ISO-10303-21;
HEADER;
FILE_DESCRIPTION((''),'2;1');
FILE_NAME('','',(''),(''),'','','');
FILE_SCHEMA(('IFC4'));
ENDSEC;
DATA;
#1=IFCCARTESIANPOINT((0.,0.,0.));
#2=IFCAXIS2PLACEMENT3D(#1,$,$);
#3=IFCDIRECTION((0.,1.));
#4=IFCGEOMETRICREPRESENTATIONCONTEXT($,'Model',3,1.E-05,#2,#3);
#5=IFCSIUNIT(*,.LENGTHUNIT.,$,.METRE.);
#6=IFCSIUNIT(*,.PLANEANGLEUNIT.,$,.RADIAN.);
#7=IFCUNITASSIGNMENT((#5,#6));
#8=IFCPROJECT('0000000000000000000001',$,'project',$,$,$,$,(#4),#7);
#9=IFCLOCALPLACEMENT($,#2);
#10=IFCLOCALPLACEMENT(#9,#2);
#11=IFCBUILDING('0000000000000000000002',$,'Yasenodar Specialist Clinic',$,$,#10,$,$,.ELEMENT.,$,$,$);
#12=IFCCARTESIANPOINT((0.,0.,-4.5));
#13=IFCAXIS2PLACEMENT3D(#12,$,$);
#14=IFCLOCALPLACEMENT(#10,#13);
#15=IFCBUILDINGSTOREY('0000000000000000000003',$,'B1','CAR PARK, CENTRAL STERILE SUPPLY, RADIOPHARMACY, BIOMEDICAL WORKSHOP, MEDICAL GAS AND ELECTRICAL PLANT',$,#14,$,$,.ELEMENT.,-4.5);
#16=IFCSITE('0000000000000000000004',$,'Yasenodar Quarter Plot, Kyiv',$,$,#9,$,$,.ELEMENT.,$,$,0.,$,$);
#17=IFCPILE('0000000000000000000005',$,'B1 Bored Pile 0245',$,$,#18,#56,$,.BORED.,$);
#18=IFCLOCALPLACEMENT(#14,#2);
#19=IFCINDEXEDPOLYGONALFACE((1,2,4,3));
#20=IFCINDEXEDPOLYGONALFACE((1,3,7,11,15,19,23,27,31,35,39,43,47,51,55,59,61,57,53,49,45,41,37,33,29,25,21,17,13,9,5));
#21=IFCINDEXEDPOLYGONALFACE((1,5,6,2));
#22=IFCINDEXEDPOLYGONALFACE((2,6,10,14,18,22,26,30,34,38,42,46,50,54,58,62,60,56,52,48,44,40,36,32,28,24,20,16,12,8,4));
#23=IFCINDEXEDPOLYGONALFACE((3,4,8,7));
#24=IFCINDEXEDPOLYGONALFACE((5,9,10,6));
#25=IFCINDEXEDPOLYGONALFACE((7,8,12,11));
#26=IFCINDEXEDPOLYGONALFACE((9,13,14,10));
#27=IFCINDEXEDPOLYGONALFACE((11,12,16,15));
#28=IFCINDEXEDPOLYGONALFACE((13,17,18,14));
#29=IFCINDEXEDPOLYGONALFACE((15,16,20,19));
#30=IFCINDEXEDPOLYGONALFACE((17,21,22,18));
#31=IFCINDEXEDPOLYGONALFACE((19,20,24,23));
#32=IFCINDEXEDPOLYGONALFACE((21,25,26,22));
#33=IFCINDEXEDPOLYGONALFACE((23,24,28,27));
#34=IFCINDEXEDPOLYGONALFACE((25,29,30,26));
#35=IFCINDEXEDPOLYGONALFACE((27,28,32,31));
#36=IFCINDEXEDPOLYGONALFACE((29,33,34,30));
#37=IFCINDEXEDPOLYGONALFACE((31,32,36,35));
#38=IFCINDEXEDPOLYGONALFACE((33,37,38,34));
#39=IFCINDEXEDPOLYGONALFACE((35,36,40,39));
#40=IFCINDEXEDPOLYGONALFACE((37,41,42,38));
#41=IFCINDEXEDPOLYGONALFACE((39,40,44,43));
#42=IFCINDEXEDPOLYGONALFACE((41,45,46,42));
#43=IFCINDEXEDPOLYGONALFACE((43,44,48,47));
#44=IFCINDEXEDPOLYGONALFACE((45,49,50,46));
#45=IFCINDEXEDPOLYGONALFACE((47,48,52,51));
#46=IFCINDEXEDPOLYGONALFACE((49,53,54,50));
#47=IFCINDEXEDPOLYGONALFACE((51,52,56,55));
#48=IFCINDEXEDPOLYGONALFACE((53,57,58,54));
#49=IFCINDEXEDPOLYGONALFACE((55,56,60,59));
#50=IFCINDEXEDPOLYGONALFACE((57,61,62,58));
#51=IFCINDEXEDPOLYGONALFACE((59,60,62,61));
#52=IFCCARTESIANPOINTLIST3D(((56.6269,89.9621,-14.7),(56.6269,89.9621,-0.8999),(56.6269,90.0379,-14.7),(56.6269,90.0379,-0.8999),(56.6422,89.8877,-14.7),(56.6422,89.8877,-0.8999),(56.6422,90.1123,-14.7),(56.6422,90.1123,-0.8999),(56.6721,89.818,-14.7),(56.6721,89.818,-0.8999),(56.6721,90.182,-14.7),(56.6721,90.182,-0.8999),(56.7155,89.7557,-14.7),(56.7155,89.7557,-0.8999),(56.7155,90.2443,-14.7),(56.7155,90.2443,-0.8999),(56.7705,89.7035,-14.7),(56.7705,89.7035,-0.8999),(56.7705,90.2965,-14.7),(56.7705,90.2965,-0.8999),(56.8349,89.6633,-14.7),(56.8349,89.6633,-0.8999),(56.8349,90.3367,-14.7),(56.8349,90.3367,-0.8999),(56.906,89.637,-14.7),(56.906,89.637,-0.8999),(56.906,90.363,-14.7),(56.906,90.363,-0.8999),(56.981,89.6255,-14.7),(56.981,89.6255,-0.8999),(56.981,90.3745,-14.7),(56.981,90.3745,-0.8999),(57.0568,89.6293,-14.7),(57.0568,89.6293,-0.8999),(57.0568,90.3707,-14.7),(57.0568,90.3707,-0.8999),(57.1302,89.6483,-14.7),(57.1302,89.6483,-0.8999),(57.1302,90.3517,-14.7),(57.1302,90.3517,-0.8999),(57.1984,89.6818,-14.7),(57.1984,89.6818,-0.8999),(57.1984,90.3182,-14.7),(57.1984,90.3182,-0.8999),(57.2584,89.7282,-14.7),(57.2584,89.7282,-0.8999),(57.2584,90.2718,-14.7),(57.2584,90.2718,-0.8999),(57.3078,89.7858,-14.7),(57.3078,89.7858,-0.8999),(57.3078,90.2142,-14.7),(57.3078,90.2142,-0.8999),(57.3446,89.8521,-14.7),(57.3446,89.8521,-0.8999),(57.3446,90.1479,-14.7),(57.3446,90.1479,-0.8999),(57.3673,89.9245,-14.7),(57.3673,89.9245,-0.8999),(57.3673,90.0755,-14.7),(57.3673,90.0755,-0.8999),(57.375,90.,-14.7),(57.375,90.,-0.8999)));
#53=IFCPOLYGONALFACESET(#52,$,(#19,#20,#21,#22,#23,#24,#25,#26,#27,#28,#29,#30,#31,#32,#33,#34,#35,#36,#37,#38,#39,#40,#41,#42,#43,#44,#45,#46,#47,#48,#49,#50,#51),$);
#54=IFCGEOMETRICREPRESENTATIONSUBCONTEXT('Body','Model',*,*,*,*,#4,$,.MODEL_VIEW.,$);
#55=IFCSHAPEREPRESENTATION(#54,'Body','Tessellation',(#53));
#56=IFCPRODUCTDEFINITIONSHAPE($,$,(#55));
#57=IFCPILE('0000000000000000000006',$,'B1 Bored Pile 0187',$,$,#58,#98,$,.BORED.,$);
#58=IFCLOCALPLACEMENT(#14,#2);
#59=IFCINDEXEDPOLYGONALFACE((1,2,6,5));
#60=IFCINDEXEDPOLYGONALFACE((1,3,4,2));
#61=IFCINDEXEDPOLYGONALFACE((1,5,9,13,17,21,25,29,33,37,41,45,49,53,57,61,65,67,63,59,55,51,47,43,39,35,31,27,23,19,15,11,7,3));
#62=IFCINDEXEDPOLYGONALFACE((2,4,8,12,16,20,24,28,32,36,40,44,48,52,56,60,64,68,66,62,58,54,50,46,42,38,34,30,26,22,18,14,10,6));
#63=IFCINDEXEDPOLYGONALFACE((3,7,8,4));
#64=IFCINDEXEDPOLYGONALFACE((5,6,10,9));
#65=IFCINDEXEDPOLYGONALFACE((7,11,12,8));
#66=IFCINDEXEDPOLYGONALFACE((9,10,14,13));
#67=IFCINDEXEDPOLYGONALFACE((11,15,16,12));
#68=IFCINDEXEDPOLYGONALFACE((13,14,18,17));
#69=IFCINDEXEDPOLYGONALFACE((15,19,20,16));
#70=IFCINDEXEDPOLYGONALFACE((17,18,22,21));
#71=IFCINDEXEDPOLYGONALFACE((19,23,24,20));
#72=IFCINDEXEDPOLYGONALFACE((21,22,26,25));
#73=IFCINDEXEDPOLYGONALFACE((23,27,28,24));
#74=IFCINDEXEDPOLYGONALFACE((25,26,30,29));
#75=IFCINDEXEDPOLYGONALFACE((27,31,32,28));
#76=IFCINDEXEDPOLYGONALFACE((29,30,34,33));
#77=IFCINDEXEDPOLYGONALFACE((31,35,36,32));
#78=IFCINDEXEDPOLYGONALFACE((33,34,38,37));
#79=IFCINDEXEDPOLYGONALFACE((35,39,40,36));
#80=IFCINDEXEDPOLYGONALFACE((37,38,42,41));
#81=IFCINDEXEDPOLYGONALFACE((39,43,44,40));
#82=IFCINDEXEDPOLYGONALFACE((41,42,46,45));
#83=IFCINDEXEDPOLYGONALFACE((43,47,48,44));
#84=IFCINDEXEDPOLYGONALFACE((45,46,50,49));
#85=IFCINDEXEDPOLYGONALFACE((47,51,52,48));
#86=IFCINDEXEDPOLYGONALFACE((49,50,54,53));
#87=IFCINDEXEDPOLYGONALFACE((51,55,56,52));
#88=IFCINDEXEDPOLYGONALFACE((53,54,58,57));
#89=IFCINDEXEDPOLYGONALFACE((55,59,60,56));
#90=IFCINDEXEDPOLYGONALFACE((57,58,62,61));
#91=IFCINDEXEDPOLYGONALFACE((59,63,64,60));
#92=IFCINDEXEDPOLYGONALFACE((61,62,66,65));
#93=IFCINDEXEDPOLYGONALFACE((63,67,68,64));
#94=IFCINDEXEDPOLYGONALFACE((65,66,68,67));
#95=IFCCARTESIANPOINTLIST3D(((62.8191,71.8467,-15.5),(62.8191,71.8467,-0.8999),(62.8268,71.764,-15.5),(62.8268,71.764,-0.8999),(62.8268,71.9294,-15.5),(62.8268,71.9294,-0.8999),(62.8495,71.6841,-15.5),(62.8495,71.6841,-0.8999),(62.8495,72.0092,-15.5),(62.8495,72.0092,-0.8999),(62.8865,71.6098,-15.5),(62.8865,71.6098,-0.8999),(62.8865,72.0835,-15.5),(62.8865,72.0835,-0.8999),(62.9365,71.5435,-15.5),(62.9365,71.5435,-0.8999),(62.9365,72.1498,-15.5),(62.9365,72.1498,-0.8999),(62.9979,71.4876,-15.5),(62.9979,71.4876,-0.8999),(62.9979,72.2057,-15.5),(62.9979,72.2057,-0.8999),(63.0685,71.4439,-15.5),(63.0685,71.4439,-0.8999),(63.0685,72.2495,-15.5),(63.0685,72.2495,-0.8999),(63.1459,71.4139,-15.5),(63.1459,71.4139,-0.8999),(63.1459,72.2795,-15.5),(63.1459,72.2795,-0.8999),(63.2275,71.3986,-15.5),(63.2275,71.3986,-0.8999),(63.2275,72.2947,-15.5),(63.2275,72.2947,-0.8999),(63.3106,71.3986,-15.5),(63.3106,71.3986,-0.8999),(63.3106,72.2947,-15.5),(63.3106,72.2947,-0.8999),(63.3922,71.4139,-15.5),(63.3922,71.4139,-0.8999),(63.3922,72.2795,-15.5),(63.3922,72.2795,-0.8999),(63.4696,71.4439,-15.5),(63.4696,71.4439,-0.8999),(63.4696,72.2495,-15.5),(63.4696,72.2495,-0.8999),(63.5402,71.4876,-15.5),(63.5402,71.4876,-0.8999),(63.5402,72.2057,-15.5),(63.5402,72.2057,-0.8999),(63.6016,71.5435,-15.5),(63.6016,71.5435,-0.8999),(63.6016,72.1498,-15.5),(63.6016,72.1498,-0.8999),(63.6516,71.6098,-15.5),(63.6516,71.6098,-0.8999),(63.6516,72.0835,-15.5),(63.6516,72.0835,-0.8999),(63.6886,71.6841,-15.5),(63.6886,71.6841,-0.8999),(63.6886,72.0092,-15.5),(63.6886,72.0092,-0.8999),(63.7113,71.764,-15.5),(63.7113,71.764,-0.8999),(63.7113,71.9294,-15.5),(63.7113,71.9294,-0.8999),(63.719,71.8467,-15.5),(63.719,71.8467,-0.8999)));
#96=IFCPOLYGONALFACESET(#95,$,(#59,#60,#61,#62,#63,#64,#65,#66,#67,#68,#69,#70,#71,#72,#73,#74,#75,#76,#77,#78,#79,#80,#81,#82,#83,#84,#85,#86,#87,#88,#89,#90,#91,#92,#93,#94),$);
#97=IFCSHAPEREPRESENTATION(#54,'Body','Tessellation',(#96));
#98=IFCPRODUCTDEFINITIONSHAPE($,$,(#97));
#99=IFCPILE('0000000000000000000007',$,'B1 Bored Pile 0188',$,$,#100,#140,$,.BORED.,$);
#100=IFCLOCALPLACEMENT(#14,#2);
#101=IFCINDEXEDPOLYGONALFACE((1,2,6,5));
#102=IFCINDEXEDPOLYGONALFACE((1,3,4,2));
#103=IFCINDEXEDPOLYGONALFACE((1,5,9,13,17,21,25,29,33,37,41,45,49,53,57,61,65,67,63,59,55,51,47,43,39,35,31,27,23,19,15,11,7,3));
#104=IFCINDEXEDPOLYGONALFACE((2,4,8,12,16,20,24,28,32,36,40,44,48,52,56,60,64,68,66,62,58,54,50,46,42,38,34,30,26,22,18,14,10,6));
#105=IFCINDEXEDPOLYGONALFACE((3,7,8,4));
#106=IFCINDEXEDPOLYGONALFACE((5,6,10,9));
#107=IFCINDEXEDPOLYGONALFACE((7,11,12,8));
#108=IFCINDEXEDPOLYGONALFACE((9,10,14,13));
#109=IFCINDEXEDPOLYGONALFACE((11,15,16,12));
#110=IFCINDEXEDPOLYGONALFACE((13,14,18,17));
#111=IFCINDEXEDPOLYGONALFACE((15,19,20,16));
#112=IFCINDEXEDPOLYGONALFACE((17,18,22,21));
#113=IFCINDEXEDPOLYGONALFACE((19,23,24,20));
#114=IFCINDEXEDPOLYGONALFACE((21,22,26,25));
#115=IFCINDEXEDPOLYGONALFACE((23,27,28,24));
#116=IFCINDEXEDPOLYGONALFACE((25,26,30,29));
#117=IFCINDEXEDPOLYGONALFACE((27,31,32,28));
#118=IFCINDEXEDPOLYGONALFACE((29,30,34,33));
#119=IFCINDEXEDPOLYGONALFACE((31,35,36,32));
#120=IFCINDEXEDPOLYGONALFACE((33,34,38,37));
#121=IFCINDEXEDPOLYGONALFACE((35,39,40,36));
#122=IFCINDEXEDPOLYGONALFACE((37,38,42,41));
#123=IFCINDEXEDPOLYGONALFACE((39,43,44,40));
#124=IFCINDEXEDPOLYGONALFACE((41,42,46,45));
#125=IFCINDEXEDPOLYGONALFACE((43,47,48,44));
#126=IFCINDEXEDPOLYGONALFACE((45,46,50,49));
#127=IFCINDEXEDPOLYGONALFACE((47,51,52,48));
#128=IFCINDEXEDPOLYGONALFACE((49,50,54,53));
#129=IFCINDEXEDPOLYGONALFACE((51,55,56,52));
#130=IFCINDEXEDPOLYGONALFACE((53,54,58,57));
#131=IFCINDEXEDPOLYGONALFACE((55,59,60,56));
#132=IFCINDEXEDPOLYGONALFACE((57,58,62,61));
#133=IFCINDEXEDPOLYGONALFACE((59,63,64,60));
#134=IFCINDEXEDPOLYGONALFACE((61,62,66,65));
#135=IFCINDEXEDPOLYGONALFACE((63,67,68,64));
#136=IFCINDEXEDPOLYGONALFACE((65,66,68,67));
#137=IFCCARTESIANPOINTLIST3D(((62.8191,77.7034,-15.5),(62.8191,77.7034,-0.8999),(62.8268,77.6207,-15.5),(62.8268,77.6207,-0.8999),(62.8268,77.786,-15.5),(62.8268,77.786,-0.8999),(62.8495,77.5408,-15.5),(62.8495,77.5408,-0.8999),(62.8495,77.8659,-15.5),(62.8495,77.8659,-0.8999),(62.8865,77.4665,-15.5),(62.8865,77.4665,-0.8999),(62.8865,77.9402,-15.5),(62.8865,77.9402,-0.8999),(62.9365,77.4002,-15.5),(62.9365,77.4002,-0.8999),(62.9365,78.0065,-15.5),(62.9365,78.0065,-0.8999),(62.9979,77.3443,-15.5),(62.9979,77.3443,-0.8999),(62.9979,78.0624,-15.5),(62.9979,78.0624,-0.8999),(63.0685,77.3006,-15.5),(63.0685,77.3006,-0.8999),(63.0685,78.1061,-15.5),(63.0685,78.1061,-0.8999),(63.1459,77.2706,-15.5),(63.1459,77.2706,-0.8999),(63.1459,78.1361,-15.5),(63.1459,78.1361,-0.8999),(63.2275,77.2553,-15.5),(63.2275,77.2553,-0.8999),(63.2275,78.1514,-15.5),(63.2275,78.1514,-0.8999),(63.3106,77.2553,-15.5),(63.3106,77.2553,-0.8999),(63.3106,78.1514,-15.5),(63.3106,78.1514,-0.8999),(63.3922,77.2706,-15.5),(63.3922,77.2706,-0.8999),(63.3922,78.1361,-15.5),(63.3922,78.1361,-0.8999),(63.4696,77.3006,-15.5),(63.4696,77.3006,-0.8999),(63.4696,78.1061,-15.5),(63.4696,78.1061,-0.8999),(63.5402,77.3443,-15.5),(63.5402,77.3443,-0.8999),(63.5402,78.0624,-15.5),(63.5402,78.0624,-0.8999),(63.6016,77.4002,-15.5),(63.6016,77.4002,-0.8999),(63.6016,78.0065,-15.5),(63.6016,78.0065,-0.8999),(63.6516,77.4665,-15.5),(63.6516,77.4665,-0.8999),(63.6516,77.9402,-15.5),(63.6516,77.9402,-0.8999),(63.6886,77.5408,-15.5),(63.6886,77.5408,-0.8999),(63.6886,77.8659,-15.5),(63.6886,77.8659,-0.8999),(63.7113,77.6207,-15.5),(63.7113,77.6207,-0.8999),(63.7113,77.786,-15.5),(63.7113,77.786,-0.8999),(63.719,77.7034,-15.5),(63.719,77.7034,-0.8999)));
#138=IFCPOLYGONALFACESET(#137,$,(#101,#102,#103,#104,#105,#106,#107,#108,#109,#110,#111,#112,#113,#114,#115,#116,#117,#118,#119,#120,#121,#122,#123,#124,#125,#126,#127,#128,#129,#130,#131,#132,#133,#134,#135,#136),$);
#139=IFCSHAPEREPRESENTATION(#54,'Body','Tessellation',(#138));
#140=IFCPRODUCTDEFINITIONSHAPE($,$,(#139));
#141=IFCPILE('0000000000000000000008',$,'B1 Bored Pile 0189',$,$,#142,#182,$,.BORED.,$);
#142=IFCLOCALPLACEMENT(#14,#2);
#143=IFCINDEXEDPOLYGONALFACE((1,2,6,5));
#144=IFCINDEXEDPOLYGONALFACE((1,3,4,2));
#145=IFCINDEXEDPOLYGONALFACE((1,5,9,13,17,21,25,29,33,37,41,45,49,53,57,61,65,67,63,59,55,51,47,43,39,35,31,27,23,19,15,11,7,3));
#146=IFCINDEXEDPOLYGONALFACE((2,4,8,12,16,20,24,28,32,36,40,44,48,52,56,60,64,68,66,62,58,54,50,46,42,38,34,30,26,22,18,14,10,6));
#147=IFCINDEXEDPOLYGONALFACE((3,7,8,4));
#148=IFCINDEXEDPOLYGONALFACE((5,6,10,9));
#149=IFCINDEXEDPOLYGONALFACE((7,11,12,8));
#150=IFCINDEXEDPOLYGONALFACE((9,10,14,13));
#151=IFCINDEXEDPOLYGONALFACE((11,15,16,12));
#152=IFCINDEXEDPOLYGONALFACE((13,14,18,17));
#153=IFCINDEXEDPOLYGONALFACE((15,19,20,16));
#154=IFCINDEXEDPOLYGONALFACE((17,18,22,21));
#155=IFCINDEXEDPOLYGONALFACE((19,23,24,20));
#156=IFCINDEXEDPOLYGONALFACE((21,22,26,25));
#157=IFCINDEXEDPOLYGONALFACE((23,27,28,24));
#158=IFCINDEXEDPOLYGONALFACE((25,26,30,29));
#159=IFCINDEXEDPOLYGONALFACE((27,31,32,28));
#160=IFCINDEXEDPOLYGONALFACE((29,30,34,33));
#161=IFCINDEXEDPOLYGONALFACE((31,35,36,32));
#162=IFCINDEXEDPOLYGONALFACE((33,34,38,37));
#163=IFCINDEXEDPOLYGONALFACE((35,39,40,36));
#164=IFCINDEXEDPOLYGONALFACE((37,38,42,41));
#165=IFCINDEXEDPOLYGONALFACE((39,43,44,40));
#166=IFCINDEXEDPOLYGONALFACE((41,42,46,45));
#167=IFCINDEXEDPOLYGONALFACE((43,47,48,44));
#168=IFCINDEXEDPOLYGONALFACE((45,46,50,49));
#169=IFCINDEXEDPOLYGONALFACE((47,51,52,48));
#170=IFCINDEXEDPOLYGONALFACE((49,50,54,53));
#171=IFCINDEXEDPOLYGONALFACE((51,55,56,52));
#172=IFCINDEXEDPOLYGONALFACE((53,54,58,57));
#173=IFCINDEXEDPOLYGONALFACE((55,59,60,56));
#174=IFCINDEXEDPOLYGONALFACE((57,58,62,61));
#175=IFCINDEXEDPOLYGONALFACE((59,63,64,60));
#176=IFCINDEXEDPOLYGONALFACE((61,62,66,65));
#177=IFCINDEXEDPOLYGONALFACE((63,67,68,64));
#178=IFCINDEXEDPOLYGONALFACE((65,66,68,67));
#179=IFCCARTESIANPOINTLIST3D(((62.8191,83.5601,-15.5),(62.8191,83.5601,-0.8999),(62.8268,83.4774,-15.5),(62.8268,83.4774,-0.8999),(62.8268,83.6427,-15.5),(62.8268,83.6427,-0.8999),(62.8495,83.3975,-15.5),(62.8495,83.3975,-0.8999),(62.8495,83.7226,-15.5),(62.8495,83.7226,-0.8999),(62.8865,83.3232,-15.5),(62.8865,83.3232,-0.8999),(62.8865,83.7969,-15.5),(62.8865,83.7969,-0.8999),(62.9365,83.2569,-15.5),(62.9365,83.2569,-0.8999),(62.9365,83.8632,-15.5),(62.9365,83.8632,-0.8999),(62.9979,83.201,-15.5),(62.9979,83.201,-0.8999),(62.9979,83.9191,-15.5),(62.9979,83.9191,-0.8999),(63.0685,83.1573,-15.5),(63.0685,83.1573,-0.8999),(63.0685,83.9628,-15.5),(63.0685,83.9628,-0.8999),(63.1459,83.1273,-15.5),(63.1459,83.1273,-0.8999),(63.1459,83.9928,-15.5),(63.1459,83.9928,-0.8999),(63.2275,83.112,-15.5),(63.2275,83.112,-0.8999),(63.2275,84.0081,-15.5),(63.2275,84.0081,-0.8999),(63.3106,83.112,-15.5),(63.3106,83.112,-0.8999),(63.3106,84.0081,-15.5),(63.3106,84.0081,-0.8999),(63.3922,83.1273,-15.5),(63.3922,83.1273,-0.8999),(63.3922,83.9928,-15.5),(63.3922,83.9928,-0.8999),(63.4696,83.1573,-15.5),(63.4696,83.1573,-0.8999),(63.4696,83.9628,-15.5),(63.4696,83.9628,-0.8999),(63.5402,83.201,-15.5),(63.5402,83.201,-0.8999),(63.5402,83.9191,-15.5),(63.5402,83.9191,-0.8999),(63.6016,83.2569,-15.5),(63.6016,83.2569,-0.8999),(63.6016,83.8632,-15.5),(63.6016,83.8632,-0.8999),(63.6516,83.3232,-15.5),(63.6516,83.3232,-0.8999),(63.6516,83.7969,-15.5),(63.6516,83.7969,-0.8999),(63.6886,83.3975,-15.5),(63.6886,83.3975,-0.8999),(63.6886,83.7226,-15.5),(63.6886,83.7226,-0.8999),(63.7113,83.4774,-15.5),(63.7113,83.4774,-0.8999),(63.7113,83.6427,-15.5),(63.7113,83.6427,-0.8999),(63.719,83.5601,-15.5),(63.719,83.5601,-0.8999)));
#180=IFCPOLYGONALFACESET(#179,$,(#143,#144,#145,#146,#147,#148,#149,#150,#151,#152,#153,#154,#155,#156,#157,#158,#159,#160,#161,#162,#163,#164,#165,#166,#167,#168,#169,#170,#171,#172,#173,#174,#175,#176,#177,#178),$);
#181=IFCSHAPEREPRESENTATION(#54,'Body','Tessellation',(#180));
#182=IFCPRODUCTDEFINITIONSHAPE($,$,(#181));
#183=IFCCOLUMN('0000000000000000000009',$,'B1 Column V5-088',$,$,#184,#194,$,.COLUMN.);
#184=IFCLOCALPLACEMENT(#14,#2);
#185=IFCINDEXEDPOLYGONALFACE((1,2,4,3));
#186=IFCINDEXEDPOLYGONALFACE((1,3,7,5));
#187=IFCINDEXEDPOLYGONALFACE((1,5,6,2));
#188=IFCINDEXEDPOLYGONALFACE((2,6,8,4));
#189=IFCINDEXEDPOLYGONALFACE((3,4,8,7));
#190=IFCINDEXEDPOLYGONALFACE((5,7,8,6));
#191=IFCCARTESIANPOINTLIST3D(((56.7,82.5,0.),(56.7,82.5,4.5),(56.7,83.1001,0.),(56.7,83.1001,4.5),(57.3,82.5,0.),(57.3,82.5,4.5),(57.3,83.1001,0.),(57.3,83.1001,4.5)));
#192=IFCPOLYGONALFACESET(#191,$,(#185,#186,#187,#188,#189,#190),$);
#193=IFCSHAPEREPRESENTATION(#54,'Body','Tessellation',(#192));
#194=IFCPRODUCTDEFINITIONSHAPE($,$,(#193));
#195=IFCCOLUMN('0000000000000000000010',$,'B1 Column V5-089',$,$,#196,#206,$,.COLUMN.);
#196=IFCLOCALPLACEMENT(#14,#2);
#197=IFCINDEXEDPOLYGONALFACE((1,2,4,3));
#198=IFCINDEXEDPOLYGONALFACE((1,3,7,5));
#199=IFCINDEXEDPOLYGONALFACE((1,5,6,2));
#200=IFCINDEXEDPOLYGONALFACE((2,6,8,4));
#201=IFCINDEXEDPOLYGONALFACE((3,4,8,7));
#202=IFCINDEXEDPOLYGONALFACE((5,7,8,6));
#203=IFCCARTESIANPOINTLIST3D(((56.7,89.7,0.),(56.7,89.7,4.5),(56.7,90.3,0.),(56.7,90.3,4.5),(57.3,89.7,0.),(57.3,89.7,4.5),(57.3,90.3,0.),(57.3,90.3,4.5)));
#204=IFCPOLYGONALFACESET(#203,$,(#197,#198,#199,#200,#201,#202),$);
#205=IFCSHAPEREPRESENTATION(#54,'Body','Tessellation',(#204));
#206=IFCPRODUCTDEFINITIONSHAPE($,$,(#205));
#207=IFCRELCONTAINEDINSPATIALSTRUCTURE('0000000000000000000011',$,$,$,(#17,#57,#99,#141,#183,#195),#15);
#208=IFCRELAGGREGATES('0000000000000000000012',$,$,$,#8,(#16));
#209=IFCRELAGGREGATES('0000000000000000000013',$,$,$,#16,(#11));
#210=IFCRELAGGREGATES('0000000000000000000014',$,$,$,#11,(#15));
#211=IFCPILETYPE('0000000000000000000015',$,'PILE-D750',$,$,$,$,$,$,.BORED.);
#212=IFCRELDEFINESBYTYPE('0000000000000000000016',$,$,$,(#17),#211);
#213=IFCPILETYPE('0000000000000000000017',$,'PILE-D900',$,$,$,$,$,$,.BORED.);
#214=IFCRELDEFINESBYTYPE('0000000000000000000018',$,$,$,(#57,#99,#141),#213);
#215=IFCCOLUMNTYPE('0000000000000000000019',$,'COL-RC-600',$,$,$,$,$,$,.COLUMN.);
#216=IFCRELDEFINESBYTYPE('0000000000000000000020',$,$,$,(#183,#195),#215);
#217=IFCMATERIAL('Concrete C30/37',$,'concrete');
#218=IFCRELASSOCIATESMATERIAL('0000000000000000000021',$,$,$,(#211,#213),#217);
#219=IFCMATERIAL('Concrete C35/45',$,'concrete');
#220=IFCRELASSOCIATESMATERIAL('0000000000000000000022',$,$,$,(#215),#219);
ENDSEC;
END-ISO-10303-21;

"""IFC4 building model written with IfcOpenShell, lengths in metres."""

from ifc_helpers import new_model, si_unit, direction, frame, origin, origin_2d, place, context, subcontext, project, spatial, rectangle, circle, extrude, material, material_profile, profile_set, type_object, element, save


model = new_model("IFC4")

# Units and contexts
model_context = context("Model", 3, precision=1e-05, world=origin(), true_north=direction((0.0, 1.0)))
body_context = subcontext(model_context, "Body", "Model", "MODEL_VIEW")
ifc_project = project(units=[si_unit("LENGTHUNIT", "METRE"), si_unit("PLANEANGLEUNIT", "RADIAN")], contexts=[model_context])

# Site, building, storey
site_placement = place(None, origin())
site = spatial("IfcSite", under=ifc_project, at=site_placement, Name="Yasenodar Quarter Plot, Kyiv", CompositionType="ELEMENT", RefElevation=0.0)
building_placement = place(site_placement, origin())
building = spatial("IfcBuilding", under=site, at=building_placement, Name="Yasenodar Specialist Clinic", CompositionType="ELEMENT")
storey_placement = place(building_placement, frame((0.0, 0.0, -4.5)))
storey = spatial("IfcBuildingStorey", under=building, at=storey_placement, Name="B1", Description="CAR PARK, CENTRAL STERILE SUPPLY, RADIOPHARMACY, BIOMEDICAL WORKSHOP, MEDICAL GAS AND ELECTRICAL PLANT", CompositionType="ELEMENT", Elevation=-4.5)

# Shared definitions
ifc_material_1 = material(Name="Concrete C35/45", Category="concrete")

# Piles
ifc_material_2 = material(Name="Concrete C30/37", Category="concrete")
ifc_material_profile_1 = material_profile(ifc_material_2, circle(Radius=0.375, at=origin_2d()), Name="PILE D750")
ifc_profile_set_1 = profile_set([ifc_material_profile_1], Name="Concrete C30/37")
pile_type_1 = type_object("IfcPileType", Name="PILE-D750", PredefinedType="BORED", material=ifc_profile_set_1)
for number, where, z_axis, x_axis, name in (
    (1, (57.0, 90.0, -0.8999), (0.0, 0.0, -1.0), (1.0, 0.0, 0.0), "B1 Bored Pile 0245"),
):
    element("IfcPile", number, at=place(storey_placement, frame(where, z_axis=z_axis, x_axis=x_axis)), inside=storey, type_object=pile_type_1, Name=name, PredefinedType="BORED", context=body_context, shape_type="SweptSolid", body=[
        extrude(circle(Radius=0.375, at=origin_2d()), origin(), (0.0, 0.0, 1.0), 13.8),
    ])
ifc_material_profile_2 = material_profile(ifc_material_2, circle(Radius=0.45, at=origin_2d()), Name="PILE D900")
ifc_profile_set_2 = profile_set([ifc_material_profile_2], Name="Concrete C30/37")
pile_type_2 = type_object("IfcPileType", Name="PILE-D900", PredefinedType="BORED", material=ifc_profile_set_2)
for number, where, z_axis, x_axis, name in (
    (2, (63.269, 71.8467, -0.8999), (0.0, 0.0, -1.0), (1.0, 0.0, 0.0), "B1 Bored Pile 0187"),
    (3, (63.269, 77.7034, -0.8999), (0.0, 0.0, -1.0), (1.0, 0.0, 0.0), "B1 Bored Pile 0188"),
    (4, (63.269, 83.5601, -0.8999), (0.0, 0.0, -1.0), (1.0, 0.0, 0.0), "B1 Bored Pile 0189"),
):
    element("IfcPile", number, at=place(storey_placement, frame(where, z_axis=z_axis, x_axis=x_axis)), inside=storey, type_object=pile_type_2, Name=name, PredefinedType="BORED", context=body_context, shape_type="SweptSolid", body=[
        extrude(circle(Radius=0.45, at=origin_2d()), origin(), (0.0, 0.0, 1.0), 14.6001),
    ])

# Columns
ifc_material_profile_3 = material_profile(ifc_material_1, rectangle(XDim=0.6001, YDim=0.6001, at=origin_2d()), Name="RC 600x600")
ifc_profile_set_3 = profile_set([ifc_material_profile_3], Name="Concrete C35/45")
column_type_1 = type_object("IfcColumnType", Name="COL-RC-600", PredefinedType="COLUMN", material=ifc_profile_set_3)
for number, where, z_axis, x_axis, name in (
    (5, (57.0, 82.8, 0.0), (0.0, 0.0, 1.0), (1.0, 0.0, 0.0), "B1 Column V5-088"),
    (6, (57.0, 90.0, 0.0), (0.0, 0.0, 1.0), (1.0, 0.0, 0.0), "B1 Column V5-089"),
):
    element("IfcColumn", number, at=place(storey_placement, frame(where, z_axis=z_axis, x_axis=x_axis)), inside=storey, type_object=column_type_1, Name=name, PredefinedType="COLUMN", context=body_context, shape_type="SweptSolid", body=[
        extrude(rectangle(XDim=0.6001, YDim=0.6001, at=origin_2d()), origin(), (0.0, 0.0, 1.0), 4.5),
    ])

save(model, "model.ifc")
